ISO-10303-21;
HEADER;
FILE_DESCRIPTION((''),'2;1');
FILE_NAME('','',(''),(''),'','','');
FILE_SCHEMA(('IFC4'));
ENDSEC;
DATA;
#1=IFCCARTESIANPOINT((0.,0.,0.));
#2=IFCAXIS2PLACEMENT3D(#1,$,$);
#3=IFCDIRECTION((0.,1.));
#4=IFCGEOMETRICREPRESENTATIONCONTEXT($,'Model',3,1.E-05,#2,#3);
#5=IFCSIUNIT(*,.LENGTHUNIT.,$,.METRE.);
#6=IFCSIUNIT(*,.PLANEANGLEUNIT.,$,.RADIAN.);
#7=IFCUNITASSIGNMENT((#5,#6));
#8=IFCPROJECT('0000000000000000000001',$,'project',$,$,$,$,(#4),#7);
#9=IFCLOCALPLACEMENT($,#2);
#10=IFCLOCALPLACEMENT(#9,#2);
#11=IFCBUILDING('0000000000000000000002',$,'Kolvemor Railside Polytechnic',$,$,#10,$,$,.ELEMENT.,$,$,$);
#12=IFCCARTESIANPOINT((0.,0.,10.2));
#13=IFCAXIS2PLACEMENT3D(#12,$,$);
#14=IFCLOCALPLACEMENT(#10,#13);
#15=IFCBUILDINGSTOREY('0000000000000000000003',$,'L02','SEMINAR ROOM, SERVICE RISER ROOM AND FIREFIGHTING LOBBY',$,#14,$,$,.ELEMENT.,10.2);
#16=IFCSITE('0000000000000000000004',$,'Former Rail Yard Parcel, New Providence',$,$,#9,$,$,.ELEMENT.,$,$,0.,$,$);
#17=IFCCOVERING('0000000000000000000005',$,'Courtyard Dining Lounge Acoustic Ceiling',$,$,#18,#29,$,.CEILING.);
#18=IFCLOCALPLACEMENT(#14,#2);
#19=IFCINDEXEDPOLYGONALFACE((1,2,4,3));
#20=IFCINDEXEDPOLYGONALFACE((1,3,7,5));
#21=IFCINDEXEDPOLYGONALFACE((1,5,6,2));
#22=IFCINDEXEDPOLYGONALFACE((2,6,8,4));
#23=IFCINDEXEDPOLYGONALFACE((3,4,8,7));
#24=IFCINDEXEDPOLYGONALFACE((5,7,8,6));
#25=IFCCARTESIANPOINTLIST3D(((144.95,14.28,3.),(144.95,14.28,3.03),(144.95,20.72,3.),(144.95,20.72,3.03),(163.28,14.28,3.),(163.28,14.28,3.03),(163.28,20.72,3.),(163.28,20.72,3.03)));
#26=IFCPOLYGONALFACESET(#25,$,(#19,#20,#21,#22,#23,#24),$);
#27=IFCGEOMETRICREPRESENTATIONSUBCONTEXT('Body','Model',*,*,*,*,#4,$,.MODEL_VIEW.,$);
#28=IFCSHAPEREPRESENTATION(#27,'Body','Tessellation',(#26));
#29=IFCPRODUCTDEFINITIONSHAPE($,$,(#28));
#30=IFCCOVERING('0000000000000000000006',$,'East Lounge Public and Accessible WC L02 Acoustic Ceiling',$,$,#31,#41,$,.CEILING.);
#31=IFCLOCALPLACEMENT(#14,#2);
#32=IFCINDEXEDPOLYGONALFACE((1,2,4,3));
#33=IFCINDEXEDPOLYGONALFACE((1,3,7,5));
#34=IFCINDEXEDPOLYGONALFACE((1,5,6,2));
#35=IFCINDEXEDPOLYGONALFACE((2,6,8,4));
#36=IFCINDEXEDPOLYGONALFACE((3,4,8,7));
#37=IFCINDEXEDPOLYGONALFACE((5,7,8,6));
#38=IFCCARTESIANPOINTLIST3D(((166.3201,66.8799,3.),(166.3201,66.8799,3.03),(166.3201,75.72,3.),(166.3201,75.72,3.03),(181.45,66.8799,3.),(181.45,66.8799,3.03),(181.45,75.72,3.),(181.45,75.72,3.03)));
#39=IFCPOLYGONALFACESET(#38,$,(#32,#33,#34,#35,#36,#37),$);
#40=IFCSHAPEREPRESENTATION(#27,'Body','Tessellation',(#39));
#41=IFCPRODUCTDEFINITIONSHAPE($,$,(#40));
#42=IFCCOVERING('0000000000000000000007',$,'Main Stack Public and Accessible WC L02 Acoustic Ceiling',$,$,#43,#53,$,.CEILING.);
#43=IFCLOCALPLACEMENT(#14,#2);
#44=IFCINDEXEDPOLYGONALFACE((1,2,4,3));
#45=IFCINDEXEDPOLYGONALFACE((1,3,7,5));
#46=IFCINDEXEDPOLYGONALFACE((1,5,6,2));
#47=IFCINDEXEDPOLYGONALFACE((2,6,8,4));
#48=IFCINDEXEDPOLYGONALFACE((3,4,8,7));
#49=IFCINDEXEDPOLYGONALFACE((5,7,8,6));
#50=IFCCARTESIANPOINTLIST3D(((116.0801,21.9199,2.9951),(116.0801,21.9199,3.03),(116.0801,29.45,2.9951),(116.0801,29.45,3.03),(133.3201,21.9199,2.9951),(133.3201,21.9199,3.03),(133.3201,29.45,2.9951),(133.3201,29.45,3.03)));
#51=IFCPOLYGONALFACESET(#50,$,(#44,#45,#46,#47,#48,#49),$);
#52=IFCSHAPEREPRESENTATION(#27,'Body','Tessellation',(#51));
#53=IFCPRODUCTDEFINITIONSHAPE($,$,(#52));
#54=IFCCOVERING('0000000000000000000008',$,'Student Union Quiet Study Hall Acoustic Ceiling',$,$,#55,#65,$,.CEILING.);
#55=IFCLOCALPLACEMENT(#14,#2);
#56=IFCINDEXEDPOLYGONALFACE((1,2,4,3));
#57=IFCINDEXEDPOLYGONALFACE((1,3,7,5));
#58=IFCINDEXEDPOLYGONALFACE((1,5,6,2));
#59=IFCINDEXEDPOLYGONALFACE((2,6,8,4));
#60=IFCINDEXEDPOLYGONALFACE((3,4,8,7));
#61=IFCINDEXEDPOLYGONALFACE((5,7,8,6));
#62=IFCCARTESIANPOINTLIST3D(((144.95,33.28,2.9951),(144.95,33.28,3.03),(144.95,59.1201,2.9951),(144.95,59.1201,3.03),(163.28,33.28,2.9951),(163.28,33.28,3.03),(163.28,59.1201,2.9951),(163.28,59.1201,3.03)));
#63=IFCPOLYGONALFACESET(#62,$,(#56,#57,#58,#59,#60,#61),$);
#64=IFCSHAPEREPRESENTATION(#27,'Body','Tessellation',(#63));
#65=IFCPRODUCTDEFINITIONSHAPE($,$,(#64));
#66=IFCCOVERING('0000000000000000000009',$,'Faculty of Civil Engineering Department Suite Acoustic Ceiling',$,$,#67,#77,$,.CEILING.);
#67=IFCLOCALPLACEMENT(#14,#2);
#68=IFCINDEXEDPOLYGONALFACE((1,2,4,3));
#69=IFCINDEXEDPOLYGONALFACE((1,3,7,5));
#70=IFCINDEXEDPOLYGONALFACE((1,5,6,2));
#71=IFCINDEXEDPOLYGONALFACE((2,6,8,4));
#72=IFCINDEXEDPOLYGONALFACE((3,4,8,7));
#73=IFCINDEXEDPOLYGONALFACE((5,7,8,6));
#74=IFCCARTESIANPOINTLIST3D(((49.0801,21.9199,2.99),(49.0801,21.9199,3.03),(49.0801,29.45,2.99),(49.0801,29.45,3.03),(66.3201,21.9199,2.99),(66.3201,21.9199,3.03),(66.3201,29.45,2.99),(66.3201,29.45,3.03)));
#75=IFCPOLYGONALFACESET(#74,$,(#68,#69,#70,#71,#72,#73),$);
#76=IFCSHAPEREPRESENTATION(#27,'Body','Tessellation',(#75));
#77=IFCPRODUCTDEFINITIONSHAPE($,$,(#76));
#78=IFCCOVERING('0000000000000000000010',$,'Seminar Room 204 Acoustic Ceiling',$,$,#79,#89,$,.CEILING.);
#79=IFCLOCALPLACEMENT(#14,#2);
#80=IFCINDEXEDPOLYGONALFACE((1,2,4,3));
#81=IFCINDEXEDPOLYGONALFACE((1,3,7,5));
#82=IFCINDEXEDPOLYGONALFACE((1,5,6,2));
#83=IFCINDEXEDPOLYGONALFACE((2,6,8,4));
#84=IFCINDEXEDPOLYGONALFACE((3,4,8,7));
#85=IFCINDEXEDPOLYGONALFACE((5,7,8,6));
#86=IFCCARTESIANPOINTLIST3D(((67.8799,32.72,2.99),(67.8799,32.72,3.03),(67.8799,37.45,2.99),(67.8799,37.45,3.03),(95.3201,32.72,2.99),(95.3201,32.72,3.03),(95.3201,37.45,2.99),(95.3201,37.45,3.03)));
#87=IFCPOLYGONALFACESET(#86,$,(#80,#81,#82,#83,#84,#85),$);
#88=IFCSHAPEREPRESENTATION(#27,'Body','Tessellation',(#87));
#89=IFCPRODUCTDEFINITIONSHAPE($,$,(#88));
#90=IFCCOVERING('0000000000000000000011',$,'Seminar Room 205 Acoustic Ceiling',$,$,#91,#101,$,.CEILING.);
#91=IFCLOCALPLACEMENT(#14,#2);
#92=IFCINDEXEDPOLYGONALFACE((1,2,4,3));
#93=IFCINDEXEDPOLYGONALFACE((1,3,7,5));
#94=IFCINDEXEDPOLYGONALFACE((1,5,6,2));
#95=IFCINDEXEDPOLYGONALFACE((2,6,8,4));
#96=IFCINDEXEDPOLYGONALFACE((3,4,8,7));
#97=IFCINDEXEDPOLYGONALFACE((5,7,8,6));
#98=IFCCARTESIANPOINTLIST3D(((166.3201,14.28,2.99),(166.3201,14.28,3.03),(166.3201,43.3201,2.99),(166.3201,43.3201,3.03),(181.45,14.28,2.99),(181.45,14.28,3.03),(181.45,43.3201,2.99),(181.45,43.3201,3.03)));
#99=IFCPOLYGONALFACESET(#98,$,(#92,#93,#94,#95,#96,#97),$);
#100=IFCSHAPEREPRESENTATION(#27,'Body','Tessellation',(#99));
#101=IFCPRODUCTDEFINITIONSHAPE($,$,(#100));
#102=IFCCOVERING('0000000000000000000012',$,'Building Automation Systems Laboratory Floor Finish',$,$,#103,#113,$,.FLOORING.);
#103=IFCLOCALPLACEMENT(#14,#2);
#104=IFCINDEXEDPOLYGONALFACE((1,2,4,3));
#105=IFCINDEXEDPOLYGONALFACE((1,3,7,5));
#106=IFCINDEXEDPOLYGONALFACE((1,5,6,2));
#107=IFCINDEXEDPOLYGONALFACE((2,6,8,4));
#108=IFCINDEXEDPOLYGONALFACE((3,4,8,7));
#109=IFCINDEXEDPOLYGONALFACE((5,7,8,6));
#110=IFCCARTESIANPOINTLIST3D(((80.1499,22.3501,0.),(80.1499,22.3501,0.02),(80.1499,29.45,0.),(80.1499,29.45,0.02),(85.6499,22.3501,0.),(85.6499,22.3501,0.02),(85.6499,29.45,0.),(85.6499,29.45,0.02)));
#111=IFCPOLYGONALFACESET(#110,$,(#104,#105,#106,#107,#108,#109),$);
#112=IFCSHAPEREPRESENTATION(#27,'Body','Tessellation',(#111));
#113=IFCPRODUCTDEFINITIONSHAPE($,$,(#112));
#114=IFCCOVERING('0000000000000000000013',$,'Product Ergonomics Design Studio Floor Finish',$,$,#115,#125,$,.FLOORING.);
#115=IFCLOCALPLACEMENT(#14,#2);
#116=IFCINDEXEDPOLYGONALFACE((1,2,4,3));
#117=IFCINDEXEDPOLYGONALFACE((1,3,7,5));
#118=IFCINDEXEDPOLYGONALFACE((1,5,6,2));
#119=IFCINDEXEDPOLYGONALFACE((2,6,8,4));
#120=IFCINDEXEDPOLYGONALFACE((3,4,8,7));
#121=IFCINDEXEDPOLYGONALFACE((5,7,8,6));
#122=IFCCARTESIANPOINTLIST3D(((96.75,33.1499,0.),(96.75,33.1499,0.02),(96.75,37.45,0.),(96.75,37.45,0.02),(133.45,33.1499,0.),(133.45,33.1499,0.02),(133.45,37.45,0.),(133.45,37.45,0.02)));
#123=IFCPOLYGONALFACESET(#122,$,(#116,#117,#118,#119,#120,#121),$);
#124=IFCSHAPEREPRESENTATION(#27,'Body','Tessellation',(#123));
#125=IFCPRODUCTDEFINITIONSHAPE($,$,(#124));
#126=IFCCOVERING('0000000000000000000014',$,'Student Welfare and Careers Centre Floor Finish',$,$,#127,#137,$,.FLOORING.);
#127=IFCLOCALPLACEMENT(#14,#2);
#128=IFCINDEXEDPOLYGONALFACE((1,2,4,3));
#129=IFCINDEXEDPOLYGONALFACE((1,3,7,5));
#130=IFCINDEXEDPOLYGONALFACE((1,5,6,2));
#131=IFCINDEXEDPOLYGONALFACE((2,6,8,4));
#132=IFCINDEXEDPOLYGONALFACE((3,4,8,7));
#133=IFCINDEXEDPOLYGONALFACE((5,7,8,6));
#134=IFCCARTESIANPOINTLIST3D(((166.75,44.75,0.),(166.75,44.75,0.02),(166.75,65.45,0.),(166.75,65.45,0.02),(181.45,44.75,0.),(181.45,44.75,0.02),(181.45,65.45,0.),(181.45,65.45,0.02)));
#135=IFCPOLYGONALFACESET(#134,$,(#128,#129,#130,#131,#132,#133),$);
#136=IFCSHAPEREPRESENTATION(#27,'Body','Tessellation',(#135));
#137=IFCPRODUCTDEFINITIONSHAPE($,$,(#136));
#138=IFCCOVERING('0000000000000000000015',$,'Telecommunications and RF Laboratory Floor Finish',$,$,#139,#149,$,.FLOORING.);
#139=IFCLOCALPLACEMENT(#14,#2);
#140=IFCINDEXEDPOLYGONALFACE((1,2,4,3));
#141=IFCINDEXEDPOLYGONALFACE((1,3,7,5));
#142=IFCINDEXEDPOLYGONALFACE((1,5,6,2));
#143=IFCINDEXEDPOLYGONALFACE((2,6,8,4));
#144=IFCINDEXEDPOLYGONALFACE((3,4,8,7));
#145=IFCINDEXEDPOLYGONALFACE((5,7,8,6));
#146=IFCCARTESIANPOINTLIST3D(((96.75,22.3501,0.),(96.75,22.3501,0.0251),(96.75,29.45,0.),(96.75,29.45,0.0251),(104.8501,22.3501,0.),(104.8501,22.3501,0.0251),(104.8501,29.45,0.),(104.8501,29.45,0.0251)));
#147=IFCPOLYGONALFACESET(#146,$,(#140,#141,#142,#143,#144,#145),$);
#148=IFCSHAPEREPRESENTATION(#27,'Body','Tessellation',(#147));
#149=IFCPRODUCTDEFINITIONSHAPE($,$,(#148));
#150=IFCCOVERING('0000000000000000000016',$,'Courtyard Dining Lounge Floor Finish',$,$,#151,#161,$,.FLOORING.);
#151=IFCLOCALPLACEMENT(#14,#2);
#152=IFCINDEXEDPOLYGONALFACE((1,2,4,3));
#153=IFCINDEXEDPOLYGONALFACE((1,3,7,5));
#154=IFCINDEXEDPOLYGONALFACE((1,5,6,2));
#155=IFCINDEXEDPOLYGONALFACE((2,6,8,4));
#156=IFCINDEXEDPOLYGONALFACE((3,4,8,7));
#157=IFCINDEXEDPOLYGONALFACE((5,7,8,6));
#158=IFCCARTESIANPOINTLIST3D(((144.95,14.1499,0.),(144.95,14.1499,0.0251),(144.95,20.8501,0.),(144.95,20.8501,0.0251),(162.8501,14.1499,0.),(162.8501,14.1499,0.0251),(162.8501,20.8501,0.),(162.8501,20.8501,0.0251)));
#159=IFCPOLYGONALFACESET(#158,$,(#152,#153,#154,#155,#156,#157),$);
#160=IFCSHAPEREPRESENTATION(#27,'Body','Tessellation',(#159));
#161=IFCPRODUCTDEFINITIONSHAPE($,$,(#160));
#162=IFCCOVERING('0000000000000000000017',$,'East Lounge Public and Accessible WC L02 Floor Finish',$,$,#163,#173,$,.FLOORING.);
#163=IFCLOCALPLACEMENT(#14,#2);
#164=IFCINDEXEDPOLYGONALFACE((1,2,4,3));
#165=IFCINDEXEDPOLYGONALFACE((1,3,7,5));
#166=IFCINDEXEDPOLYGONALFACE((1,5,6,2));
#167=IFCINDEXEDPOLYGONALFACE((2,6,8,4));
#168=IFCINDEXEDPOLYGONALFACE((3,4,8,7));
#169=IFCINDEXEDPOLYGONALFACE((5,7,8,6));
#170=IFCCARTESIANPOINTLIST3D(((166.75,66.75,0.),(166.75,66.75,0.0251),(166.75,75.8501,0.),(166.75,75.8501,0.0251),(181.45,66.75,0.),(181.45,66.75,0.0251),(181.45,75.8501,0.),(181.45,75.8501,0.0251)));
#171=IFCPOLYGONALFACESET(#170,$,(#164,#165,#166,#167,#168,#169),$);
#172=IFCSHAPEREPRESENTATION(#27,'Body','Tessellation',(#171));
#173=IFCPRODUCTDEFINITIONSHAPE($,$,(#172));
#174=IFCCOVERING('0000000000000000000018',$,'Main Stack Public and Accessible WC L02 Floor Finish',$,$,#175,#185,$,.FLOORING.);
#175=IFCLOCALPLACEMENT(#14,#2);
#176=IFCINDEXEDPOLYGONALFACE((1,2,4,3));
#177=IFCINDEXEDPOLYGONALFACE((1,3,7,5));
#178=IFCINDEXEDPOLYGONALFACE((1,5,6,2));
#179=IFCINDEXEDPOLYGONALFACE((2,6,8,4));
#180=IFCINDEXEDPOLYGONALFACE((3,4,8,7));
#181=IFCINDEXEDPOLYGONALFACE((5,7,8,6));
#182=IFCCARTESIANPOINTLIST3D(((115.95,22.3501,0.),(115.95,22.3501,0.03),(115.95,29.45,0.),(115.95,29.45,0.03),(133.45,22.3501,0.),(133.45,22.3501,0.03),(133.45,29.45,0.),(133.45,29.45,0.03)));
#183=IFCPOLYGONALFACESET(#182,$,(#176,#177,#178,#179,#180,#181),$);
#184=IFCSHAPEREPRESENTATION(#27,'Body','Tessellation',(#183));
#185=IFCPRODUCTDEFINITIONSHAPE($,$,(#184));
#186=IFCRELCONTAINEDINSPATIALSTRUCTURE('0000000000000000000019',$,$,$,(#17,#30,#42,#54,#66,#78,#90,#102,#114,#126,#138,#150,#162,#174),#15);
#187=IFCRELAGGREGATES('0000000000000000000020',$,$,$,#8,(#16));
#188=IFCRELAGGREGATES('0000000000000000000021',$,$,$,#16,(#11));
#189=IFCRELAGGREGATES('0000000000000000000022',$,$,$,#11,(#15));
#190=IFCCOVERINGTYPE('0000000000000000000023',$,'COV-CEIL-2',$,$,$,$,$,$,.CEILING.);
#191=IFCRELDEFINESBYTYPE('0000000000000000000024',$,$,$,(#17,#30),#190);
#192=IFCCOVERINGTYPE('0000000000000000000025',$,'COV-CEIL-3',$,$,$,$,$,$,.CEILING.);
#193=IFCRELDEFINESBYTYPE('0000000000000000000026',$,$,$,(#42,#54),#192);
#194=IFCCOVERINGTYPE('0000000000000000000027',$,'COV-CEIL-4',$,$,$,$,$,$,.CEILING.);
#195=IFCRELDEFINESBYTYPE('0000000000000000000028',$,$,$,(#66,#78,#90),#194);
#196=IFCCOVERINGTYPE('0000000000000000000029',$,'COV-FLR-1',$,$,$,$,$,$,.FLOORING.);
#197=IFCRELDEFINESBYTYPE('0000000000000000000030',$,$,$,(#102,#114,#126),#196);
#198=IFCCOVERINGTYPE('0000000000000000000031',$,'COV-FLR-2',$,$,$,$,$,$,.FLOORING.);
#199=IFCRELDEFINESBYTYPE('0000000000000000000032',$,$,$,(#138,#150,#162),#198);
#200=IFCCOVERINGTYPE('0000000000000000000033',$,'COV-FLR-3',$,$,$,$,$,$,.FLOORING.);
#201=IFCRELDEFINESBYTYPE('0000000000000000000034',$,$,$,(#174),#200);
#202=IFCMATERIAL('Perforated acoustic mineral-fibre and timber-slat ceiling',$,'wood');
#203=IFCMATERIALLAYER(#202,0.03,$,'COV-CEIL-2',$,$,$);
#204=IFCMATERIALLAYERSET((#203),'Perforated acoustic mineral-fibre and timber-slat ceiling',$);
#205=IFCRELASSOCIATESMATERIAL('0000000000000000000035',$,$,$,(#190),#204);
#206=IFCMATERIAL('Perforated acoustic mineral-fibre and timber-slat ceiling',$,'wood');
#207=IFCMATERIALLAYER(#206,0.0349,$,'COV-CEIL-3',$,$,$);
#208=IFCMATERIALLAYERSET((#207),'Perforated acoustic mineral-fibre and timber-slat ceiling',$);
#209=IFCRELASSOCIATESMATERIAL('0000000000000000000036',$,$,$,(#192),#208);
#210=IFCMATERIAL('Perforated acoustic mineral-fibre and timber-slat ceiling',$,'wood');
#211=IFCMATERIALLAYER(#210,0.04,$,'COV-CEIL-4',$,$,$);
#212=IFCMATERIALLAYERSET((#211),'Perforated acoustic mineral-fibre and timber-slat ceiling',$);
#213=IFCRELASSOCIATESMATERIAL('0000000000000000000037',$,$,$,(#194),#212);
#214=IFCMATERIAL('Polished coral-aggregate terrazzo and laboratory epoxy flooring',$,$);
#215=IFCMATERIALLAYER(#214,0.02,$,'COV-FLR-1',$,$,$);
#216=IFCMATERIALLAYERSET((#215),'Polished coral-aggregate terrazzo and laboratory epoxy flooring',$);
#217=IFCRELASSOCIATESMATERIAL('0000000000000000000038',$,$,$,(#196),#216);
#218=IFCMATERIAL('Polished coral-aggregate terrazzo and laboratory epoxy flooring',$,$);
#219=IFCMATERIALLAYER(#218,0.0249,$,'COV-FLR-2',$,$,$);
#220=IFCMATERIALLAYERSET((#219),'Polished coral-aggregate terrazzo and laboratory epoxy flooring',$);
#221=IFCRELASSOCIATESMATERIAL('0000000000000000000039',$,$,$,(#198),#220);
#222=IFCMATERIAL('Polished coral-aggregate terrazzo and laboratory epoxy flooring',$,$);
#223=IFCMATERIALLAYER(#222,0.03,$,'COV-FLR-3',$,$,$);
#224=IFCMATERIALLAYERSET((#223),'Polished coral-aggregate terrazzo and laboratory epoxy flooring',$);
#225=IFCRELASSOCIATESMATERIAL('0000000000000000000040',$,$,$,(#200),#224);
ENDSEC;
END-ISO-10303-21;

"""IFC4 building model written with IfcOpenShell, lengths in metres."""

from ifc_helpers import new_model, si_unit, direction, frame, origin, place, context, subcontext, project, spatial, polyline, outline, extrude, material, layer, layer_set, type_object, element, save


model = new_model("IFC4")

# Units and contexts
model_context = context("Model", 3, precision=1e-05, world=origin(), true_north=direction((0.0, 1.0)))
body_context = subcontext(model_context, "Body", "Model", "MODEL_VIEW")
ifc_project = project(units=[si_unit("LENGTHUNIT", "METRE"), si_unit("PLANEANGLEUNIT", "RADIAN")], contexts=[model_context])

# Site, building, storey
site_placement = place(None, origin())
site = spatial("IfcSite", under=ifc_project, at=site_placement, Name="Former Rail Yard Parcel, New Providence", CompositionType="ELEMENT", RefElevation=0.0)
building_placement = place(site_placement, origin())
building = spatial("IfcBuilding", under=site, at=building_placement, Name="Kolvemor Railside Polytechnic", CompositionType="ELEMENT")
storey_placement = place(building_placement, frame((0.0, 0.0, 10.2)))
storey = spatial("IfcBuildingStorey", under=building, at=storey_placement, Name="L02", Description="SEMINAR ROOM, SERVICE RISER ROOM AND FIREFIGHTING LOBBY", CompositionType="ELEMENT", Elevation=10.2)

# Coverings
ifc_material_1 = material(Name="Perforated acoustic mineral-fibre and timber-slat ceiling", Category="wood")
ifc_layer_1 = layer(ifc_material_1, 0.03, Name="COV-CEIL-2")
ifc_layer_set_1 = layer_set([ifc_layer_1], Name="Perforated acoustic mineral-fibre and timber-slat ceiling")
covering_type_1 = type_object("IfcCoveringType", Name="COV-CEIL-2", PredefinedType="CEILING", material=ifc_layer_set_1)
covering_1_placement = place(storey_placement, frame((0.0, 0.0, 3.0)))
element("IfcCovering", 1, at=covering_1_placement, inside=storey, type_object=covering_type_1, Name="Courtyard Dining Lounge Acoustic Ceiling", PredefinedType="CEILING", context=body_context, shape_type="SweptSolid", body=[
    extrude(outline(polyline([(144.95, 14.28), (163.28, 14.28), (163.28, 20.72), (144.95, 20.72), (144.95, 14.28)])), origin(), (0.0, 0.0, 1.0), 0.03),
])
covering_2_placement = place(storey_placement, frame((0.0, 0.0, 3.0)))
element("IfcCovering", 2, at=covering_2_placement, inside=storey, type_object=covering_type_1, Name="East Lounge Public and Accessible WC L02 Acoustic Ceiling", PredefinedType="CEILING", context=body_context, shape_type="SweptSolid", body=[
    extrude(outline(polyline([(166.3201, 66.8799), (181.45, 66.8799), (181.45, 75.72), (166.3201, 75.72), (166.3201, 66.8799)])), origin(), (0.0, 0.0, 1.0), 0.03),
])
ifc_material_2 = material(Name="Perforated acoustic mineral-fibre and timber-slat ceiling", Category="wood")
ifc_layer_2 = layer(ifc_material_2, 0.0349, Name="COV-CEIL-3")
ifc_layer_set_2 = layer_set([ifc_layer_2], Name="Perforated acoustic mineral-fibre and timber-slat ceiling")
covering_type_2 = type_object("IfcCoveringType", Name="COV-CEIL-3", PredefinedType="CEILING", material=ifc_layer_set_2)
covering_3_placement = place(storey_placement, frame((0.0, 0.0, 2.9951)))
element("IfcCovering", 3, at=covering_3_placement, inside=storey, type_object=covering_type_2, Name="Main Stack Public and Accessible WC L02 Acoustic Ceiling", PredefinedType="CEILING", context=body_context, shape_type="SweptSolid", body=[
    extrude(outline(polyline([(116.0801, 21.9199), (133.3201, 21.9199), (133.3201, 29.45), (116.0801, 29.45), (116.0801, 21.9199)])), origin(), (0.0, 0.0, 1.0), 0.0349),
])
covering_4_placement = place(storey_placement, frame((0.0, 0.0, 2.9951)))
element("IfcCovering", 4, at=covering_4_placement, inside=storey, type_object=covering_type_2, Name="Student Union Quiet Study Hall Acoustic Ceiling", PredefinedType="CEILING", context=body_context, shape_type="SweptSolid", body=[
    extrude(outline(polyline([(144.95, 33.28), (163.28, 33.28), (163.28, 59.1201), (144.95, 59.1201), (144.95, 33.28)])), origin(), (0.0, 0.0, 1.0), 0.0349),
])
ifc_material_3 = material(Name="Perforated acoustic mineral-fibre and timber-slat ceiling", Category="wood")
ifc_layer_3 = layer(ifc_material_3, 0.04, Name="COV-CEIL-4")
ifc_layer_set_3 = layer_set([ifc_layer_3], Name="Perforated acoustic mineral-fibre and timber-slat ceiling")
covering_type_3 = type_object("IfcCoveringType", Name="COV-CEIL-4", PredefinedType="CEILING", material=ifc_layer_set_3)
covering_5_placement = place(storey_placement, frame((0.0, 0.0, 2.99)))
element("IfcCovering", 5, at=covering_5_placement, inside=storey, type_object=covering_type_3, Name="Faculty of Civil Engineering Department Suite Acoustic Ceiling", PredefinedType="CEILING", context=body_context, shape_type="SweptSolid", body=[
    extrude(outline(polyline([(49.0801, 21.9199), (66.3201, 21.9199), (66.3201, 29.45), (49.0801, 29.45), (49.0801, 21.9199)])), origin(), (0.0, 0.0, 1.0), 0.04),
])
covering_6_placement = place(storey_placement, frame((0.0, 0.0, 2.99)))
element("IfcCovering", 6, at=covering_6_placement, inside=storey, type_object=covering_type_3, Name="Seminar Room 204 Acoustic Ceiling", PredefinedType="CEILING", context=body_context, shape_type="SweptSolid", body=[
    extrude(outline(polyline([(67.8799, 32.72), (95.3201, 32.72), (95.3201, 37.45), (67.8799, 37.45), (67.8799, 32.72)])), origin(), (0.0, 0.0, 1.0), 0.04),
])
covering_7_placement = place(storey_placement, frame((0.0, 0.0, 2.99)))
element("IfcCovering", 7, at=covering_7_placement, inside=storey, type_object=covering_type_3, Name="Seminar Room 205 Acoustic Ceiling", PredefinedType="CEILING", context=body_context, shape_type="SweptSolid", body=[
    extrude(outline(polyline([(166.3201, 14.28), (181.45, 14.28), (181.45, 43.3201), (166.3201, 43.3201), (166.3201, 14.28)])), origin(), (0.0, 0.0, 1.0), 0.04),
])
ifc_material_4 = material(Name="Polished coral-aggregate terrazzo and laboratory epoxy flooring")
ifc_layer_4 = layer(ifc_material_4, 0.02, Name="COV-FLR-1")
ifc_layer_set_4 = layer_set([ifc_layer_4], Name="Polished coral-aggregate terrazzo and laboratory epoxy flooring")
covering_type_4 = type_object("IfcCoveringType", Name="COV-FLR-1", PredefinedType="FLOORING", material=ifc_layer_set_4)
covering_8_placement = place(storey_placement, origin())
element("IfcCovering", 8, at=covering_8_placement, inside=storey, type_object=covering_type_4, Name="Building Automation Systems Laboratory Floor Finish", PredefinedType="FLOORING", context=body_context, shape_type="SweptSolid", body=[
    extrude(outline(polyline([(80.1499, 22.3501), (85.6499, 22.3501), (85.6499, 29.45), (80.1499, 29.45), (80.1499, 22.3501)])), origin(), (0.0, 0.0, 1.0), 0.02),
])
covering_9_placement = place(storey_placement, origin())
element("IfcCovering", 9, at=covering_9_placement, inside=storey, type_object=covering_type_4, Name="Product Ergonomics Design Studio Floor Finish", PredefinedType="FLOORING", context=body_context, shape_type="SweptSolid", body=[
    extrude(outline(polyline([(96.75, 33.1499), (133.45, 33.1499), (133.45, 37.45), (96.75, 37.45), (96.75, 33.1499)])), origin(), (0.0, 0.0, 1.0), 0.02),
])
covering_10_placement = place(storey_placement, origin())
element("IfcCovering", 10, at=covering_10_placement, inside=storey, type_object=covering_type_4, Name="Student Welfare and Careers Centre Floor Finish", PredefinedType="FLOORING", context=body_context, shape_type="SweptSolid", body=[
    extrude(outline(polyline([(166.75, 44.75), (181.45, 44.75), (181.45, 65.45), (166.75, 65.45), (166.75, 44.75)])), origin(), (0.0, 0.0, 1.0), 0.02),
])
ifc_material_5 = material(Name="Polished coral-aggregate terrazzo and laboratory epoxy flooring")
ifc_layer_5 = layer(ifc_material_5, 0.0249, Name="COV-FLR-2")
ifc_layer_set_5 = layer_set([ifc_layer_5], Name="Polished coral-aggregate terrazzo and laboratory epoxy flooring")
covering_type_5 = type_object("IfcCoveringType", Name="COV-FLR-2", PredefinedType="FLOORING", material=ifc_layer_set_5)
covering_11_placement = place(storey_placement, origin())
element("IfcCovering", 11, at=covering_11_placement, inside=storey, type_object=covering_type_5, Name="Telecommunications and RF Laboratory Floor Finish", PredefinedType="FLOORING", context=body_context, shape_type="SweptSolid", body=[
    extrude(outline(polyline([(96.75, 22.3501), (104.8501, 22.3501), (104.8501, 29.45), (96.75, 29.45), (96.75, 22.3501)])), origin(), (0.0, 0.0, 1.0), 0.0251),
])
covering_12_placement = place(storey_placement, origin())
element("IfcCovering", 12, at=covering_12_placement, inside=storey, type_object=covering_type_5, Name="Courtyard Dining Lounge Floor Finish", PredefinedType="FLOORING", context=body_context, shape_type="SweptSolid", body=[
    extrude(outline(polyline([(144.95, 14.1499), (162.8501, 14.1499), (162.8501, 20.8501), (144.95, 20.8501), (144.95, 14.1499)])), origin(), (0.0, 0.0, 1.0), 0.0251),
])
covering_13_placement = place(storey_placement, origin())
element("IfcCovering", 13, at=covering_13_placement, inside=storey, type_object=covering_type_5, Name="East Lounge Public and Accessible WC L02 Floor Finish", PredefinedType="FLOORING", context=body_context, shape_type="SweptSolid", body=[
    extrude(outline(polyline([(166.75, 66.75), (181.45, 66.75), (181.45, 75.8501), (166.75, 75.8501), (166.75, 66.75)])), origin(), (0.0, 0.0, 1.0), 0.0251),
])
ifc_material_6 = material(Name="Polished coral-aggregate terrazzo and laboratory epoxy flooring")
ifc_layer_6 = layer(ifc_material_6, 0.03, Name="COV-FLR-3")
ifc_layer_set_6 = layer_set([ifc_layer_6], Name="Polished coral-aggregate terrazzo and laboratory epoxy flooring")
covering_type_6 = type_object("IfcCoveringType", Name="COV-FLR-3", PredefinedType="FLOORING", material=ifc_layer_set_6)
covering_14_placement = place(storey_placement, origin())
element("IfcCovering", 14, at=covering_14_placement, inside=storey, type_object=covering_type_6, Name="Main Stack Public and Accessible WC L02 Floor Finish", PredefinedType="FLOORING", context=body_context, shape_type="SweptSolid", body=[
    extrude(outline(polyline([(115.95, 22.3501), (133.45, 22.3501), (133.45, 29.45), (115.95, 29.45), (115.95, 22.3501)])), origin(), (0.0, 0.0, 1.0), 0.03),
])

save(model, "model.ifc")
